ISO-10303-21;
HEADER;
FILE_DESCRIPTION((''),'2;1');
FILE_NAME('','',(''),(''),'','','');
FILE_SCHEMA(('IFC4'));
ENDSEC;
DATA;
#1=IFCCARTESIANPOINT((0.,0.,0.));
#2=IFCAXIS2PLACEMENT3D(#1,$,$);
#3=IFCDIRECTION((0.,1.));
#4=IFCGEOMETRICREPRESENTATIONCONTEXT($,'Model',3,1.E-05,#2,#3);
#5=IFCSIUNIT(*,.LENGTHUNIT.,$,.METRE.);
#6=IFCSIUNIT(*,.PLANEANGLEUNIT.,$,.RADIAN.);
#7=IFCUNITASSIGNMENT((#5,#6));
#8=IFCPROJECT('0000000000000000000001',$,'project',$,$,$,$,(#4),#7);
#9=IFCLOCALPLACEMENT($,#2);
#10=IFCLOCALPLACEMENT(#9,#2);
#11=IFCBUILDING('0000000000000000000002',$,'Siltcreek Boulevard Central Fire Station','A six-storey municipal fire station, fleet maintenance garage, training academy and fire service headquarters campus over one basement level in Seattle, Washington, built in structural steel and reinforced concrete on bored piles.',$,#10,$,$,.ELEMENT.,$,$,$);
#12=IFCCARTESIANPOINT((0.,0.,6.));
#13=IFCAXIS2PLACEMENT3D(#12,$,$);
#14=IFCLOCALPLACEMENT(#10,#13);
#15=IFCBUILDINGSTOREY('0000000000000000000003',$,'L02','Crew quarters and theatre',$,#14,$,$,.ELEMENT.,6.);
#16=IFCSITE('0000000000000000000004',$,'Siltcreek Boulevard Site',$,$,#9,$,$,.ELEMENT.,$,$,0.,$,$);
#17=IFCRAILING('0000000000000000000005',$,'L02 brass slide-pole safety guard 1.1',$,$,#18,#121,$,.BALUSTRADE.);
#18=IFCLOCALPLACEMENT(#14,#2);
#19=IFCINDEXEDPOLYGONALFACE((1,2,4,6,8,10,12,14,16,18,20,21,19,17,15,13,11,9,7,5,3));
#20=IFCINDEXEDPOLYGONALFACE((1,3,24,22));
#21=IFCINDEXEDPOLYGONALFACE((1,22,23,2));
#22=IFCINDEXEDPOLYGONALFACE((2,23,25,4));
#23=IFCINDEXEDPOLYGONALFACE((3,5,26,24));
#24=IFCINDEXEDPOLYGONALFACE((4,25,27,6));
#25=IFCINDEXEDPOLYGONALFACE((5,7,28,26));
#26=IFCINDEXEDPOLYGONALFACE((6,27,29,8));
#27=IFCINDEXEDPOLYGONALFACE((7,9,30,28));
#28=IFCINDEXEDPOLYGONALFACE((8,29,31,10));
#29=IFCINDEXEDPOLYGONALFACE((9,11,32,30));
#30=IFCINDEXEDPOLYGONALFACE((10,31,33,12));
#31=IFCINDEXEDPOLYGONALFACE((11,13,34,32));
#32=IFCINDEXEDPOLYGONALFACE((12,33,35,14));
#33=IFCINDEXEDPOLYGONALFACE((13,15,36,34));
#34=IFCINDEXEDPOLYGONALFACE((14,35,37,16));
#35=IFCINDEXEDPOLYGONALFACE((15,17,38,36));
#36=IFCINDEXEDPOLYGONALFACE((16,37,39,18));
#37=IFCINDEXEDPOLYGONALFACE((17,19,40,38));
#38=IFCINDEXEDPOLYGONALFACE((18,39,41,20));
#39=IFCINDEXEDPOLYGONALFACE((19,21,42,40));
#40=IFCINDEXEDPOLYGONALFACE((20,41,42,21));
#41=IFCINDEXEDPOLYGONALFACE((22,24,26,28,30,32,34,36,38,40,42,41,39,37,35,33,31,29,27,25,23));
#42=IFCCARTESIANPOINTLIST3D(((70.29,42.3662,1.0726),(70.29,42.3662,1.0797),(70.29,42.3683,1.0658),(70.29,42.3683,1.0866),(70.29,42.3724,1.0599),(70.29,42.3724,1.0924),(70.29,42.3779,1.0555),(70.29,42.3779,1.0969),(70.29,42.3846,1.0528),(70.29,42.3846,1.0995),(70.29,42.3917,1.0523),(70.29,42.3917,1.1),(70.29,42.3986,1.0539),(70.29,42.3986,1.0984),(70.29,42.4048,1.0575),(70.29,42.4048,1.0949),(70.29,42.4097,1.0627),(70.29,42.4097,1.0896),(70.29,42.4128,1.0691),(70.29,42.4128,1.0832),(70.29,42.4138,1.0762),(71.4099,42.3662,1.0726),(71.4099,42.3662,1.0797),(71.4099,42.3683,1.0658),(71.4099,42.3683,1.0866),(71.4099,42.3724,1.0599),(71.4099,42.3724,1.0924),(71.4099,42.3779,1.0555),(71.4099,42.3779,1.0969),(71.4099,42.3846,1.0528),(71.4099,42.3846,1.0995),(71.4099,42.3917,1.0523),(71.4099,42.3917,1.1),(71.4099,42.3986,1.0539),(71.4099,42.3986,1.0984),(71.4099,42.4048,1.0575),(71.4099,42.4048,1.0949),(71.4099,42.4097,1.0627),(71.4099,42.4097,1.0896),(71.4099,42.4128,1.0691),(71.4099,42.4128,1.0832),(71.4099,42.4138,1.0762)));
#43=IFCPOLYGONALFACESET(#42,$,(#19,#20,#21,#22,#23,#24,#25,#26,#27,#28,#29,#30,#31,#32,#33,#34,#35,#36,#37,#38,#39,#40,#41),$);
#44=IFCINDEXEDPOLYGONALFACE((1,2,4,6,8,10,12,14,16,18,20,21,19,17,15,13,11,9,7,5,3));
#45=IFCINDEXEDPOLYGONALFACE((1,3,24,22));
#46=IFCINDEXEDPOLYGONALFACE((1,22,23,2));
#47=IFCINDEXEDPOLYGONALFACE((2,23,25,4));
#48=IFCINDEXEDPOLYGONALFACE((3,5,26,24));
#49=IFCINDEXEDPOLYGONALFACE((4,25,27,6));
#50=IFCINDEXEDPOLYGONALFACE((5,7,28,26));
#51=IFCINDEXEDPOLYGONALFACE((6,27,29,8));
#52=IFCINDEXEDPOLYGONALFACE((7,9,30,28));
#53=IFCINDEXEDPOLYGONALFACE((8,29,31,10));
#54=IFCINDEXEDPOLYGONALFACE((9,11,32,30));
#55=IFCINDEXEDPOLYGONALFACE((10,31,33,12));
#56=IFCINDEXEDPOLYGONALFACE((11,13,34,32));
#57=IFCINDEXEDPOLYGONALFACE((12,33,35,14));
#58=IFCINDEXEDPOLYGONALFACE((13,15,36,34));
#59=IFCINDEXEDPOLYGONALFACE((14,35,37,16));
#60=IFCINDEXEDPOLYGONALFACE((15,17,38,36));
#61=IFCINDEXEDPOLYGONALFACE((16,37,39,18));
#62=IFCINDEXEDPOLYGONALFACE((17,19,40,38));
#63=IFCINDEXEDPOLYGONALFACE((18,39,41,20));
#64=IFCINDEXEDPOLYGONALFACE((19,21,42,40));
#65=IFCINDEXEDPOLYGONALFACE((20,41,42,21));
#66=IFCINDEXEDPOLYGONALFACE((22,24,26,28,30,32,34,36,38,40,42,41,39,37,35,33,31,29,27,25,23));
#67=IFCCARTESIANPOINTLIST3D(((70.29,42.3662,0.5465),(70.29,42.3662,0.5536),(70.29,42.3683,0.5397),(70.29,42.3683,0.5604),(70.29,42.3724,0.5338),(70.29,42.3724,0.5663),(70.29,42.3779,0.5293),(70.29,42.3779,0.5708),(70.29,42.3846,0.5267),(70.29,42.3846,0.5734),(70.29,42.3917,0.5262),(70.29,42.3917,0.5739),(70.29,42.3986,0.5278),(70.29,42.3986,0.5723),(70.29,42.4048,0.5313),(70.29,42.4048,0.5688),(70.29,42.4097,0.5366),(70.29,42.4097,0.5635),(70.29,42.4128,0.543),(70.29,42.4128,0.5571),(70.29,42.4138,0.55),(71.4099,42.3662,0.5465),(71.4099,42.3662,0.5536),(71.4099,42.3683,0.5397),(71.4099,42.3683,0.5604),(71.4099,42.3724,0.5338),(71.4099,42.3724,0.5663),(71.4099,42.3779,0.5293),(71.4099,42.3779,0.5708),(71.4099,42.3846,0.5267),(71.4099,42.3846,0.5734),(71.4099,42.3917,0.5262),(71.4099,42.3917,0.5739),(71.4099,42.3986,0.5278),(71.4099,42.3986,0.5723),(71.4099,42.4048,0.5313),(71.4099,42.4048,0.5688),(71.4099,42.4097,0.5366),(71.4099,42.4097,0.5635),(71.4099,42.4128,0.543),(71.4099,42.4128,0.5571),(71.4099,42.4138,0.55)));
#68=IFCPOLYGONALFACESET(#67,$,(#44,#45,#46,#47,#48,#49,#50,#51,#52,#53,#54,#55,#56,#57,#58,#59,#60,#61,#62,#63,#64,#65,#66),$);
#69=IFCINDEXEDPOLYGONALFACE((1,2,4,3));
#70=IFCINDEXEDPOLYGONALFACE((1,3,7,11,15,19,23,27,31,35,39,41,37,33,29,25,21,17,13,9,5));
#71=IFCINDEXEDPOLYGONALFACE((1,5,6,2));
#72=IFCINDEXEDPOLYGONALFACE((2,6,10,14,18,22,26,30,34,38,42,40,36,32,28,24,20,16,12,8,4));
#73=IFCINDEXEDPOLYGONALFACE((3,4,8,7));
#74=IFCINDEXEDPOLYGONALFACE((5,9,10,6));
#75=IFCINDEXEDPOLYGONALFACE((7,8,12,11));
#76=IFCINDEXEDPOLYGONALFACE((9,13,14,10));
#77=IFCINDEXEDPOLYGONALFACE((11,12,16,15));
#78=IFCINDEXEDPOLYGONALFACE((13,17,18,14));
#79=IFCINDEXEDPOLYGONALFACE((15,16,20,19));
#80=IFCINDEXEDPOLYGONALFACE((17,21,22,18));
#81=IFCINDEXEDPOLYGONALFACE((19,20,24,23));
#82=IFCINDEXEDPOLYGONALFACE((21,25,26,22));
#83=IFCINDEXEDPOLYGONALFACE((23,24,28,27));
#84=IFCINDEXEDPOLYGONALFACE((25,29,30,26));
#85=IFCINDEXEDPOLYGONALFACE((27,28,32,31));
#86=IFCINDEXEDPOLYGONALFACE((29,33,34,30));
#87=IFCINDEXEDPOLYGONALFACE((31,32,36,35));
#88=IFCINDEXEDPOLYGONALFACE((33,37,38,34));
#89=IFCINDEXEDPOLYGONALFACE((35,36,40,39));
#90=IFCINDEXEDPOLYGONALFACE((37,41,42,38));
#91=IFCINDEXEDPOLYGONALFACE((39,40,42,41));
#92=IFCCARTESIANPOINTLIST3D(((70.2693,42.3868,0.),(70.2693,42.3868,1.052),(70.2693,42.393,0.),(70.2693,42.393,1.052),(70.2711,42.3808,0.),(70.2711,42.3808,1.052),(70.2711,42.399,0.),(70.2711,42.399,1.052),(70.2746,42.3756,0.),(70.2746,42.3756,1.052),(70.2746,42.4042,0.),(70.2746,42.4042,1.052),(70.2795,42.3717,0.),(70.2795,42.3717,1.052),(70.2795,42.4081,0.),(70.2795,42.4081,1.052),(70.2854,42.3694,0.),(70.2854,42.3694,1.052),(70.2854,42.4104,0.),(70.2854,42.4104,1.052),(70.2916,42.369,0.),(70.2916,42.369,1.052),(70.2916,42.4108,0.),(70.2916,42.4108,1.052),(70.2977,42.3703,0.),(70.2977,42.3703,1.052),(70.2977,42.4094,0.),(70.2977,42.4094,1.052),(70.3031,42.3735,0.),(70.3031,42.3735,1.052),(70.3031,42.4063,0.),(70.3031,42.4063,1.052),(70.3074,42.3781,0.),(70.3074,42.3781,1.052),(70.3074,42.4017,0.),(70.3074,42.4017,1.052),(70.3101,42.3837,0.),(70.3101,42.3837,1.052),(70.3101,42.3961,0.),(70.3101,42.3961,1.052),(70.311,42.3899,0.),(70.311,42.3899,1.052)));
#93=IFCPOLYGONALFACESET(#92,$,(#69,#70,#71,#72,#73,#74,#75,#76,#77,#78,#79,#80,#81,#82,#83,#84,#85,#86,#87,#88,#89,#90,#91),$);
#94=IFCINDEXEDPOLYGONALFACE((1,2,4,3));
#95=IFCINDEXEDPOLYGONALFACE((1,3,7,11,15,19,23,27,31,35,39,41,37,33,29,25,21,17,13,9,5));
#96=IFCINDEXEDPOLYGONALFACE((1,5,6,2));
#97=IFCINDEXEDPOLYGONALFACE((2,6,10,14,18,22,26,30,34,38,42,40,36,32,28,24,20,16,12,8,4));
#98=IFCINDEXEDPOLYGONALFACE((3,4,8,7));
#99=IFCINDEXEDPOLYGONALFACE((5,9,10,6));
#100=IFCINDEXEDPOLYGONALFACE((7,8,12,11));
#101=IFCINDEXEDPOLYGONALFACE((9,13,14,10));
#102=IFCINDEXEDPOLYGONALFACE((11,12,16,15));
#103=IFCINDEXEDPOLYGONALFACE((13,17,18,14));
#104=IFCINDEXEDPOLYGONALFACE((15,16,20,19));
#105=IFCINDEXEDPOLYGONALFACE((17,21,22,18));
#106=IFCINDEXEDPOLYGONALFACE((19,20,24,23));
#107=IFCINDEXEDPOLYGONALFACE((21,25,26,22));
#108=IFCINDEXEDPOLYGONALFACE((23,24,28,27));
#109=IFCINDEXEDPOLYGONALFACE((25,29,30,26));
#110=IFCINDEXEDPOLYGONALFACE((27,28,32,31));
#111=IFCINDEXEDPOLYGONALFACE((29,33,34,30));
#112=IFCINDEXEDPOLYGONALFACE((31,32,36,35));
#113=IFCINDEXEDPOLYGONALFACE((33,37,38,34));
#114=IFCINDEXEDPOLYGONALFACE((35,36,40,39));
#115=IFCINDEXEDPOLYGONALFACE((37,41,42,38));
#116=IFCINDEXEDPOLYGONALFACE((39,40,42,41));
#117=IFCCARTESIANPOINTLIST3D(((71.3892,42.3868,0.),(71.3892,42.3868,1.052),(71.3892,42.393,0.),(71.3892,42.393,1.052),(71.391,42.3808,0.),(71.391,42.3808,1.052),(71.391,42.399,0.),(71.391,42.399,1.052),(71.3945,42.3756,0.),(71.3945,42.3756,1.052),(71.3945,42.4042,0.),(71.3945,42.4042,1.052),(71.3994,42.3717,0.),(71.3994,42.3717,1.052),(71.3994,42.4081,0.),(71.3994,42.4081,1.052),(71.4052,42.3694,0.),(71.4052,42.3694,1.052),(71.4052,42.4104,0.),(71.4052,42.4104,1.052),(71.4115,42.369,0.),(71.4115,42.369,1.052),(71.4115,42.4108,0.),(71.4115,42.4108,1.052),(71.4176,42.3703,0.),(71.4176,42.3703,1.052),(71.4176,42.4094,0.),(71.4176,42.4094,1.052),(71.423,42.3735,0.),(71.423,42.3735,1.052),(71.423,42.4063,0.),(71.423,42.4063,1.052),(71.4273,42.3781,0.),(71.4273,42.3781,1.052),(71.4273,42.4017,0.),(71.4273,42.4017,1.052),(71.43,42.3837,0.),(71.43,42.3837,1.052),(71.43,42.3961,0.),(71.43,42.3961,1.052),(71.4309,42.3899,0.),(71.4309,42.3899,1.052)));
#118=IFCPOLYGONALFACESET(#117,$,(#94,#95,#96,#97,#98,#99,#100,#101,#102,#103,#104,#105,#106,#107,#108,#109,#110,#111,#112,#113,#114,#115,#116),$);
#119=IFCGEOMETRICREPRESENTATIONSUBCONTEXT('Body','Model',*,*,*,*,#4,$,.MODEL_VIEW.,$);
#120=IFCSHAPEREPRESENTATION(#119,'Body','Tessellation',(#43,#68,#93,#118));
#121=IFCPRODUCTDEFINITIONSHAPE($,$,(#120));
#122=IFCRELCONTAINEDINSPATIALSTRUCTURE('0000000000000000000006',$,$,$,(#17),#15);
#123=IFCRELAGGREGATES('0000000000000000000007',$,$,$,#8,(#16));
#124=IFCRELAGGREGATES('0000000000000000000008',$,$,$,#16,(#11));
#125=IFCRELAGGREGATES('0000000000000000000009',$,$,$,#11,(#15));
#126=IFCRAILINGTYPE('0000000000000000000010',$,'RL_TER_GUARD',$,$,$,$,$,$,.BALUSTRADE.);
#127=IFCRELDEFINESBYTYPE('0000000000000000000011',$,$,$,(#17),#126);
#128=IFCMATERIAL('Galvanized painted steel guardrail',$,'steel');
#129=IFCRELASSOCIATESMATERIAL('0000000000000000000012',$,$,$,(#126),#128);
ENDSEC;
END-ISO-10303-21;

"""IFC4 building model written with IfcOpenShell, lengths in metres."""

from ifc_helpers import new_model, si_unit, direction, frame, origin, origin_2d, place, context, subcontext, project, spatial, circle, extrude, material, type_object, element, save


model = new_model("IFC4")

# Units and contexts
model_context = context("Model", 3, precision=1e-05, world=origin(), true_north=direction((0.0, 1.0)))
body_context = subcontext(model_context, "Body", "Model", "MODEL_VIEW")
ifc_project = project(units=[si_unit("LENGTHUNIT", "METRE"), si_unit("PLANEANGLEUNIT", "RADIAN")], contexts=[model_context])

# Site, building, storey
site_placement = place(None, origin())
site = spatial("IfcSite", under=ifc_project, at=site_placement, Name="Siltcreek Boulevard Site", CompositionType="ELEMENT", RefElevation=0.0)
building_placement = place(site_placement, origin())
building = spatial("IfcBuilding", under=site, at=building_placement, Name="Siltcreek Boulevard Central Fire Station", Description="A six-storey municipal fire station, fleet maintenance garage, training academy and fire service headquarters campus over one basement level in Seattle, Washington, built in structural steel and reinforced concrete on bored piles.", CompositionType="ELEMENT")
storey_placement = place(building_placement, frame((0.0, 0.0, 6.0)))
storey = spatial("IfcBuildingStorey", under=building, at=storey_placement, Name="L02", Description="Crew quarters and theatre", CompositionType="ELEMENT", Elevation=6.0)

# Railing
ifc_material_1 = material(Name="Galvanized painted steel guardrail", Category="steel")
railing_type_1 = type_object("IfcRailingType", Name="RL_TER_GUARD", PredefinedType="BALUSTRADE", material=ifc_material_1)
railing_1_placement = place(storey_placement, frame((70.29, 42.3899, 0.0)))
element("IfcRailing", 1, at=railing_1_placement, inside=storey, type_object=railing_type_1, Name="L02 brass slide-pole safety guard 1.1", PredefinedType="BALUSTRADE", context=body_context, shape_type="SweptSolid", body=[
    extrude(circle(Radius=0.0239, at=origin_2d()), frame((0.0, 0.0, 1.0762), z_axis=(1.0, 0.0, 0.0), x_axis=(0.0, 1.0, 0.0)), (0.0, 0.0, 1.0), 1.1199),
    extrude(circle(Radius=0.0239, at=origin_2d()), frame((0.0, 0.0, 0.55), z_axis=(1.0, 0.0, 0.0), x_axis=(0.0, 1.0, 0.0)), (0.0, 0.0, 1.0), 1.1199),
    extrude(circle(Radius=0.021, at=origin_2d()), origin(), (0.0, 0.0, 1.0), 1.052),
    extrude(circle(Radius=0.021, at=origin_2d()), frame((1.1199, 0.0, 0.0)), (0.0, 0.0, 1.0), 1.052),
])

save(model, "model.ifc")
